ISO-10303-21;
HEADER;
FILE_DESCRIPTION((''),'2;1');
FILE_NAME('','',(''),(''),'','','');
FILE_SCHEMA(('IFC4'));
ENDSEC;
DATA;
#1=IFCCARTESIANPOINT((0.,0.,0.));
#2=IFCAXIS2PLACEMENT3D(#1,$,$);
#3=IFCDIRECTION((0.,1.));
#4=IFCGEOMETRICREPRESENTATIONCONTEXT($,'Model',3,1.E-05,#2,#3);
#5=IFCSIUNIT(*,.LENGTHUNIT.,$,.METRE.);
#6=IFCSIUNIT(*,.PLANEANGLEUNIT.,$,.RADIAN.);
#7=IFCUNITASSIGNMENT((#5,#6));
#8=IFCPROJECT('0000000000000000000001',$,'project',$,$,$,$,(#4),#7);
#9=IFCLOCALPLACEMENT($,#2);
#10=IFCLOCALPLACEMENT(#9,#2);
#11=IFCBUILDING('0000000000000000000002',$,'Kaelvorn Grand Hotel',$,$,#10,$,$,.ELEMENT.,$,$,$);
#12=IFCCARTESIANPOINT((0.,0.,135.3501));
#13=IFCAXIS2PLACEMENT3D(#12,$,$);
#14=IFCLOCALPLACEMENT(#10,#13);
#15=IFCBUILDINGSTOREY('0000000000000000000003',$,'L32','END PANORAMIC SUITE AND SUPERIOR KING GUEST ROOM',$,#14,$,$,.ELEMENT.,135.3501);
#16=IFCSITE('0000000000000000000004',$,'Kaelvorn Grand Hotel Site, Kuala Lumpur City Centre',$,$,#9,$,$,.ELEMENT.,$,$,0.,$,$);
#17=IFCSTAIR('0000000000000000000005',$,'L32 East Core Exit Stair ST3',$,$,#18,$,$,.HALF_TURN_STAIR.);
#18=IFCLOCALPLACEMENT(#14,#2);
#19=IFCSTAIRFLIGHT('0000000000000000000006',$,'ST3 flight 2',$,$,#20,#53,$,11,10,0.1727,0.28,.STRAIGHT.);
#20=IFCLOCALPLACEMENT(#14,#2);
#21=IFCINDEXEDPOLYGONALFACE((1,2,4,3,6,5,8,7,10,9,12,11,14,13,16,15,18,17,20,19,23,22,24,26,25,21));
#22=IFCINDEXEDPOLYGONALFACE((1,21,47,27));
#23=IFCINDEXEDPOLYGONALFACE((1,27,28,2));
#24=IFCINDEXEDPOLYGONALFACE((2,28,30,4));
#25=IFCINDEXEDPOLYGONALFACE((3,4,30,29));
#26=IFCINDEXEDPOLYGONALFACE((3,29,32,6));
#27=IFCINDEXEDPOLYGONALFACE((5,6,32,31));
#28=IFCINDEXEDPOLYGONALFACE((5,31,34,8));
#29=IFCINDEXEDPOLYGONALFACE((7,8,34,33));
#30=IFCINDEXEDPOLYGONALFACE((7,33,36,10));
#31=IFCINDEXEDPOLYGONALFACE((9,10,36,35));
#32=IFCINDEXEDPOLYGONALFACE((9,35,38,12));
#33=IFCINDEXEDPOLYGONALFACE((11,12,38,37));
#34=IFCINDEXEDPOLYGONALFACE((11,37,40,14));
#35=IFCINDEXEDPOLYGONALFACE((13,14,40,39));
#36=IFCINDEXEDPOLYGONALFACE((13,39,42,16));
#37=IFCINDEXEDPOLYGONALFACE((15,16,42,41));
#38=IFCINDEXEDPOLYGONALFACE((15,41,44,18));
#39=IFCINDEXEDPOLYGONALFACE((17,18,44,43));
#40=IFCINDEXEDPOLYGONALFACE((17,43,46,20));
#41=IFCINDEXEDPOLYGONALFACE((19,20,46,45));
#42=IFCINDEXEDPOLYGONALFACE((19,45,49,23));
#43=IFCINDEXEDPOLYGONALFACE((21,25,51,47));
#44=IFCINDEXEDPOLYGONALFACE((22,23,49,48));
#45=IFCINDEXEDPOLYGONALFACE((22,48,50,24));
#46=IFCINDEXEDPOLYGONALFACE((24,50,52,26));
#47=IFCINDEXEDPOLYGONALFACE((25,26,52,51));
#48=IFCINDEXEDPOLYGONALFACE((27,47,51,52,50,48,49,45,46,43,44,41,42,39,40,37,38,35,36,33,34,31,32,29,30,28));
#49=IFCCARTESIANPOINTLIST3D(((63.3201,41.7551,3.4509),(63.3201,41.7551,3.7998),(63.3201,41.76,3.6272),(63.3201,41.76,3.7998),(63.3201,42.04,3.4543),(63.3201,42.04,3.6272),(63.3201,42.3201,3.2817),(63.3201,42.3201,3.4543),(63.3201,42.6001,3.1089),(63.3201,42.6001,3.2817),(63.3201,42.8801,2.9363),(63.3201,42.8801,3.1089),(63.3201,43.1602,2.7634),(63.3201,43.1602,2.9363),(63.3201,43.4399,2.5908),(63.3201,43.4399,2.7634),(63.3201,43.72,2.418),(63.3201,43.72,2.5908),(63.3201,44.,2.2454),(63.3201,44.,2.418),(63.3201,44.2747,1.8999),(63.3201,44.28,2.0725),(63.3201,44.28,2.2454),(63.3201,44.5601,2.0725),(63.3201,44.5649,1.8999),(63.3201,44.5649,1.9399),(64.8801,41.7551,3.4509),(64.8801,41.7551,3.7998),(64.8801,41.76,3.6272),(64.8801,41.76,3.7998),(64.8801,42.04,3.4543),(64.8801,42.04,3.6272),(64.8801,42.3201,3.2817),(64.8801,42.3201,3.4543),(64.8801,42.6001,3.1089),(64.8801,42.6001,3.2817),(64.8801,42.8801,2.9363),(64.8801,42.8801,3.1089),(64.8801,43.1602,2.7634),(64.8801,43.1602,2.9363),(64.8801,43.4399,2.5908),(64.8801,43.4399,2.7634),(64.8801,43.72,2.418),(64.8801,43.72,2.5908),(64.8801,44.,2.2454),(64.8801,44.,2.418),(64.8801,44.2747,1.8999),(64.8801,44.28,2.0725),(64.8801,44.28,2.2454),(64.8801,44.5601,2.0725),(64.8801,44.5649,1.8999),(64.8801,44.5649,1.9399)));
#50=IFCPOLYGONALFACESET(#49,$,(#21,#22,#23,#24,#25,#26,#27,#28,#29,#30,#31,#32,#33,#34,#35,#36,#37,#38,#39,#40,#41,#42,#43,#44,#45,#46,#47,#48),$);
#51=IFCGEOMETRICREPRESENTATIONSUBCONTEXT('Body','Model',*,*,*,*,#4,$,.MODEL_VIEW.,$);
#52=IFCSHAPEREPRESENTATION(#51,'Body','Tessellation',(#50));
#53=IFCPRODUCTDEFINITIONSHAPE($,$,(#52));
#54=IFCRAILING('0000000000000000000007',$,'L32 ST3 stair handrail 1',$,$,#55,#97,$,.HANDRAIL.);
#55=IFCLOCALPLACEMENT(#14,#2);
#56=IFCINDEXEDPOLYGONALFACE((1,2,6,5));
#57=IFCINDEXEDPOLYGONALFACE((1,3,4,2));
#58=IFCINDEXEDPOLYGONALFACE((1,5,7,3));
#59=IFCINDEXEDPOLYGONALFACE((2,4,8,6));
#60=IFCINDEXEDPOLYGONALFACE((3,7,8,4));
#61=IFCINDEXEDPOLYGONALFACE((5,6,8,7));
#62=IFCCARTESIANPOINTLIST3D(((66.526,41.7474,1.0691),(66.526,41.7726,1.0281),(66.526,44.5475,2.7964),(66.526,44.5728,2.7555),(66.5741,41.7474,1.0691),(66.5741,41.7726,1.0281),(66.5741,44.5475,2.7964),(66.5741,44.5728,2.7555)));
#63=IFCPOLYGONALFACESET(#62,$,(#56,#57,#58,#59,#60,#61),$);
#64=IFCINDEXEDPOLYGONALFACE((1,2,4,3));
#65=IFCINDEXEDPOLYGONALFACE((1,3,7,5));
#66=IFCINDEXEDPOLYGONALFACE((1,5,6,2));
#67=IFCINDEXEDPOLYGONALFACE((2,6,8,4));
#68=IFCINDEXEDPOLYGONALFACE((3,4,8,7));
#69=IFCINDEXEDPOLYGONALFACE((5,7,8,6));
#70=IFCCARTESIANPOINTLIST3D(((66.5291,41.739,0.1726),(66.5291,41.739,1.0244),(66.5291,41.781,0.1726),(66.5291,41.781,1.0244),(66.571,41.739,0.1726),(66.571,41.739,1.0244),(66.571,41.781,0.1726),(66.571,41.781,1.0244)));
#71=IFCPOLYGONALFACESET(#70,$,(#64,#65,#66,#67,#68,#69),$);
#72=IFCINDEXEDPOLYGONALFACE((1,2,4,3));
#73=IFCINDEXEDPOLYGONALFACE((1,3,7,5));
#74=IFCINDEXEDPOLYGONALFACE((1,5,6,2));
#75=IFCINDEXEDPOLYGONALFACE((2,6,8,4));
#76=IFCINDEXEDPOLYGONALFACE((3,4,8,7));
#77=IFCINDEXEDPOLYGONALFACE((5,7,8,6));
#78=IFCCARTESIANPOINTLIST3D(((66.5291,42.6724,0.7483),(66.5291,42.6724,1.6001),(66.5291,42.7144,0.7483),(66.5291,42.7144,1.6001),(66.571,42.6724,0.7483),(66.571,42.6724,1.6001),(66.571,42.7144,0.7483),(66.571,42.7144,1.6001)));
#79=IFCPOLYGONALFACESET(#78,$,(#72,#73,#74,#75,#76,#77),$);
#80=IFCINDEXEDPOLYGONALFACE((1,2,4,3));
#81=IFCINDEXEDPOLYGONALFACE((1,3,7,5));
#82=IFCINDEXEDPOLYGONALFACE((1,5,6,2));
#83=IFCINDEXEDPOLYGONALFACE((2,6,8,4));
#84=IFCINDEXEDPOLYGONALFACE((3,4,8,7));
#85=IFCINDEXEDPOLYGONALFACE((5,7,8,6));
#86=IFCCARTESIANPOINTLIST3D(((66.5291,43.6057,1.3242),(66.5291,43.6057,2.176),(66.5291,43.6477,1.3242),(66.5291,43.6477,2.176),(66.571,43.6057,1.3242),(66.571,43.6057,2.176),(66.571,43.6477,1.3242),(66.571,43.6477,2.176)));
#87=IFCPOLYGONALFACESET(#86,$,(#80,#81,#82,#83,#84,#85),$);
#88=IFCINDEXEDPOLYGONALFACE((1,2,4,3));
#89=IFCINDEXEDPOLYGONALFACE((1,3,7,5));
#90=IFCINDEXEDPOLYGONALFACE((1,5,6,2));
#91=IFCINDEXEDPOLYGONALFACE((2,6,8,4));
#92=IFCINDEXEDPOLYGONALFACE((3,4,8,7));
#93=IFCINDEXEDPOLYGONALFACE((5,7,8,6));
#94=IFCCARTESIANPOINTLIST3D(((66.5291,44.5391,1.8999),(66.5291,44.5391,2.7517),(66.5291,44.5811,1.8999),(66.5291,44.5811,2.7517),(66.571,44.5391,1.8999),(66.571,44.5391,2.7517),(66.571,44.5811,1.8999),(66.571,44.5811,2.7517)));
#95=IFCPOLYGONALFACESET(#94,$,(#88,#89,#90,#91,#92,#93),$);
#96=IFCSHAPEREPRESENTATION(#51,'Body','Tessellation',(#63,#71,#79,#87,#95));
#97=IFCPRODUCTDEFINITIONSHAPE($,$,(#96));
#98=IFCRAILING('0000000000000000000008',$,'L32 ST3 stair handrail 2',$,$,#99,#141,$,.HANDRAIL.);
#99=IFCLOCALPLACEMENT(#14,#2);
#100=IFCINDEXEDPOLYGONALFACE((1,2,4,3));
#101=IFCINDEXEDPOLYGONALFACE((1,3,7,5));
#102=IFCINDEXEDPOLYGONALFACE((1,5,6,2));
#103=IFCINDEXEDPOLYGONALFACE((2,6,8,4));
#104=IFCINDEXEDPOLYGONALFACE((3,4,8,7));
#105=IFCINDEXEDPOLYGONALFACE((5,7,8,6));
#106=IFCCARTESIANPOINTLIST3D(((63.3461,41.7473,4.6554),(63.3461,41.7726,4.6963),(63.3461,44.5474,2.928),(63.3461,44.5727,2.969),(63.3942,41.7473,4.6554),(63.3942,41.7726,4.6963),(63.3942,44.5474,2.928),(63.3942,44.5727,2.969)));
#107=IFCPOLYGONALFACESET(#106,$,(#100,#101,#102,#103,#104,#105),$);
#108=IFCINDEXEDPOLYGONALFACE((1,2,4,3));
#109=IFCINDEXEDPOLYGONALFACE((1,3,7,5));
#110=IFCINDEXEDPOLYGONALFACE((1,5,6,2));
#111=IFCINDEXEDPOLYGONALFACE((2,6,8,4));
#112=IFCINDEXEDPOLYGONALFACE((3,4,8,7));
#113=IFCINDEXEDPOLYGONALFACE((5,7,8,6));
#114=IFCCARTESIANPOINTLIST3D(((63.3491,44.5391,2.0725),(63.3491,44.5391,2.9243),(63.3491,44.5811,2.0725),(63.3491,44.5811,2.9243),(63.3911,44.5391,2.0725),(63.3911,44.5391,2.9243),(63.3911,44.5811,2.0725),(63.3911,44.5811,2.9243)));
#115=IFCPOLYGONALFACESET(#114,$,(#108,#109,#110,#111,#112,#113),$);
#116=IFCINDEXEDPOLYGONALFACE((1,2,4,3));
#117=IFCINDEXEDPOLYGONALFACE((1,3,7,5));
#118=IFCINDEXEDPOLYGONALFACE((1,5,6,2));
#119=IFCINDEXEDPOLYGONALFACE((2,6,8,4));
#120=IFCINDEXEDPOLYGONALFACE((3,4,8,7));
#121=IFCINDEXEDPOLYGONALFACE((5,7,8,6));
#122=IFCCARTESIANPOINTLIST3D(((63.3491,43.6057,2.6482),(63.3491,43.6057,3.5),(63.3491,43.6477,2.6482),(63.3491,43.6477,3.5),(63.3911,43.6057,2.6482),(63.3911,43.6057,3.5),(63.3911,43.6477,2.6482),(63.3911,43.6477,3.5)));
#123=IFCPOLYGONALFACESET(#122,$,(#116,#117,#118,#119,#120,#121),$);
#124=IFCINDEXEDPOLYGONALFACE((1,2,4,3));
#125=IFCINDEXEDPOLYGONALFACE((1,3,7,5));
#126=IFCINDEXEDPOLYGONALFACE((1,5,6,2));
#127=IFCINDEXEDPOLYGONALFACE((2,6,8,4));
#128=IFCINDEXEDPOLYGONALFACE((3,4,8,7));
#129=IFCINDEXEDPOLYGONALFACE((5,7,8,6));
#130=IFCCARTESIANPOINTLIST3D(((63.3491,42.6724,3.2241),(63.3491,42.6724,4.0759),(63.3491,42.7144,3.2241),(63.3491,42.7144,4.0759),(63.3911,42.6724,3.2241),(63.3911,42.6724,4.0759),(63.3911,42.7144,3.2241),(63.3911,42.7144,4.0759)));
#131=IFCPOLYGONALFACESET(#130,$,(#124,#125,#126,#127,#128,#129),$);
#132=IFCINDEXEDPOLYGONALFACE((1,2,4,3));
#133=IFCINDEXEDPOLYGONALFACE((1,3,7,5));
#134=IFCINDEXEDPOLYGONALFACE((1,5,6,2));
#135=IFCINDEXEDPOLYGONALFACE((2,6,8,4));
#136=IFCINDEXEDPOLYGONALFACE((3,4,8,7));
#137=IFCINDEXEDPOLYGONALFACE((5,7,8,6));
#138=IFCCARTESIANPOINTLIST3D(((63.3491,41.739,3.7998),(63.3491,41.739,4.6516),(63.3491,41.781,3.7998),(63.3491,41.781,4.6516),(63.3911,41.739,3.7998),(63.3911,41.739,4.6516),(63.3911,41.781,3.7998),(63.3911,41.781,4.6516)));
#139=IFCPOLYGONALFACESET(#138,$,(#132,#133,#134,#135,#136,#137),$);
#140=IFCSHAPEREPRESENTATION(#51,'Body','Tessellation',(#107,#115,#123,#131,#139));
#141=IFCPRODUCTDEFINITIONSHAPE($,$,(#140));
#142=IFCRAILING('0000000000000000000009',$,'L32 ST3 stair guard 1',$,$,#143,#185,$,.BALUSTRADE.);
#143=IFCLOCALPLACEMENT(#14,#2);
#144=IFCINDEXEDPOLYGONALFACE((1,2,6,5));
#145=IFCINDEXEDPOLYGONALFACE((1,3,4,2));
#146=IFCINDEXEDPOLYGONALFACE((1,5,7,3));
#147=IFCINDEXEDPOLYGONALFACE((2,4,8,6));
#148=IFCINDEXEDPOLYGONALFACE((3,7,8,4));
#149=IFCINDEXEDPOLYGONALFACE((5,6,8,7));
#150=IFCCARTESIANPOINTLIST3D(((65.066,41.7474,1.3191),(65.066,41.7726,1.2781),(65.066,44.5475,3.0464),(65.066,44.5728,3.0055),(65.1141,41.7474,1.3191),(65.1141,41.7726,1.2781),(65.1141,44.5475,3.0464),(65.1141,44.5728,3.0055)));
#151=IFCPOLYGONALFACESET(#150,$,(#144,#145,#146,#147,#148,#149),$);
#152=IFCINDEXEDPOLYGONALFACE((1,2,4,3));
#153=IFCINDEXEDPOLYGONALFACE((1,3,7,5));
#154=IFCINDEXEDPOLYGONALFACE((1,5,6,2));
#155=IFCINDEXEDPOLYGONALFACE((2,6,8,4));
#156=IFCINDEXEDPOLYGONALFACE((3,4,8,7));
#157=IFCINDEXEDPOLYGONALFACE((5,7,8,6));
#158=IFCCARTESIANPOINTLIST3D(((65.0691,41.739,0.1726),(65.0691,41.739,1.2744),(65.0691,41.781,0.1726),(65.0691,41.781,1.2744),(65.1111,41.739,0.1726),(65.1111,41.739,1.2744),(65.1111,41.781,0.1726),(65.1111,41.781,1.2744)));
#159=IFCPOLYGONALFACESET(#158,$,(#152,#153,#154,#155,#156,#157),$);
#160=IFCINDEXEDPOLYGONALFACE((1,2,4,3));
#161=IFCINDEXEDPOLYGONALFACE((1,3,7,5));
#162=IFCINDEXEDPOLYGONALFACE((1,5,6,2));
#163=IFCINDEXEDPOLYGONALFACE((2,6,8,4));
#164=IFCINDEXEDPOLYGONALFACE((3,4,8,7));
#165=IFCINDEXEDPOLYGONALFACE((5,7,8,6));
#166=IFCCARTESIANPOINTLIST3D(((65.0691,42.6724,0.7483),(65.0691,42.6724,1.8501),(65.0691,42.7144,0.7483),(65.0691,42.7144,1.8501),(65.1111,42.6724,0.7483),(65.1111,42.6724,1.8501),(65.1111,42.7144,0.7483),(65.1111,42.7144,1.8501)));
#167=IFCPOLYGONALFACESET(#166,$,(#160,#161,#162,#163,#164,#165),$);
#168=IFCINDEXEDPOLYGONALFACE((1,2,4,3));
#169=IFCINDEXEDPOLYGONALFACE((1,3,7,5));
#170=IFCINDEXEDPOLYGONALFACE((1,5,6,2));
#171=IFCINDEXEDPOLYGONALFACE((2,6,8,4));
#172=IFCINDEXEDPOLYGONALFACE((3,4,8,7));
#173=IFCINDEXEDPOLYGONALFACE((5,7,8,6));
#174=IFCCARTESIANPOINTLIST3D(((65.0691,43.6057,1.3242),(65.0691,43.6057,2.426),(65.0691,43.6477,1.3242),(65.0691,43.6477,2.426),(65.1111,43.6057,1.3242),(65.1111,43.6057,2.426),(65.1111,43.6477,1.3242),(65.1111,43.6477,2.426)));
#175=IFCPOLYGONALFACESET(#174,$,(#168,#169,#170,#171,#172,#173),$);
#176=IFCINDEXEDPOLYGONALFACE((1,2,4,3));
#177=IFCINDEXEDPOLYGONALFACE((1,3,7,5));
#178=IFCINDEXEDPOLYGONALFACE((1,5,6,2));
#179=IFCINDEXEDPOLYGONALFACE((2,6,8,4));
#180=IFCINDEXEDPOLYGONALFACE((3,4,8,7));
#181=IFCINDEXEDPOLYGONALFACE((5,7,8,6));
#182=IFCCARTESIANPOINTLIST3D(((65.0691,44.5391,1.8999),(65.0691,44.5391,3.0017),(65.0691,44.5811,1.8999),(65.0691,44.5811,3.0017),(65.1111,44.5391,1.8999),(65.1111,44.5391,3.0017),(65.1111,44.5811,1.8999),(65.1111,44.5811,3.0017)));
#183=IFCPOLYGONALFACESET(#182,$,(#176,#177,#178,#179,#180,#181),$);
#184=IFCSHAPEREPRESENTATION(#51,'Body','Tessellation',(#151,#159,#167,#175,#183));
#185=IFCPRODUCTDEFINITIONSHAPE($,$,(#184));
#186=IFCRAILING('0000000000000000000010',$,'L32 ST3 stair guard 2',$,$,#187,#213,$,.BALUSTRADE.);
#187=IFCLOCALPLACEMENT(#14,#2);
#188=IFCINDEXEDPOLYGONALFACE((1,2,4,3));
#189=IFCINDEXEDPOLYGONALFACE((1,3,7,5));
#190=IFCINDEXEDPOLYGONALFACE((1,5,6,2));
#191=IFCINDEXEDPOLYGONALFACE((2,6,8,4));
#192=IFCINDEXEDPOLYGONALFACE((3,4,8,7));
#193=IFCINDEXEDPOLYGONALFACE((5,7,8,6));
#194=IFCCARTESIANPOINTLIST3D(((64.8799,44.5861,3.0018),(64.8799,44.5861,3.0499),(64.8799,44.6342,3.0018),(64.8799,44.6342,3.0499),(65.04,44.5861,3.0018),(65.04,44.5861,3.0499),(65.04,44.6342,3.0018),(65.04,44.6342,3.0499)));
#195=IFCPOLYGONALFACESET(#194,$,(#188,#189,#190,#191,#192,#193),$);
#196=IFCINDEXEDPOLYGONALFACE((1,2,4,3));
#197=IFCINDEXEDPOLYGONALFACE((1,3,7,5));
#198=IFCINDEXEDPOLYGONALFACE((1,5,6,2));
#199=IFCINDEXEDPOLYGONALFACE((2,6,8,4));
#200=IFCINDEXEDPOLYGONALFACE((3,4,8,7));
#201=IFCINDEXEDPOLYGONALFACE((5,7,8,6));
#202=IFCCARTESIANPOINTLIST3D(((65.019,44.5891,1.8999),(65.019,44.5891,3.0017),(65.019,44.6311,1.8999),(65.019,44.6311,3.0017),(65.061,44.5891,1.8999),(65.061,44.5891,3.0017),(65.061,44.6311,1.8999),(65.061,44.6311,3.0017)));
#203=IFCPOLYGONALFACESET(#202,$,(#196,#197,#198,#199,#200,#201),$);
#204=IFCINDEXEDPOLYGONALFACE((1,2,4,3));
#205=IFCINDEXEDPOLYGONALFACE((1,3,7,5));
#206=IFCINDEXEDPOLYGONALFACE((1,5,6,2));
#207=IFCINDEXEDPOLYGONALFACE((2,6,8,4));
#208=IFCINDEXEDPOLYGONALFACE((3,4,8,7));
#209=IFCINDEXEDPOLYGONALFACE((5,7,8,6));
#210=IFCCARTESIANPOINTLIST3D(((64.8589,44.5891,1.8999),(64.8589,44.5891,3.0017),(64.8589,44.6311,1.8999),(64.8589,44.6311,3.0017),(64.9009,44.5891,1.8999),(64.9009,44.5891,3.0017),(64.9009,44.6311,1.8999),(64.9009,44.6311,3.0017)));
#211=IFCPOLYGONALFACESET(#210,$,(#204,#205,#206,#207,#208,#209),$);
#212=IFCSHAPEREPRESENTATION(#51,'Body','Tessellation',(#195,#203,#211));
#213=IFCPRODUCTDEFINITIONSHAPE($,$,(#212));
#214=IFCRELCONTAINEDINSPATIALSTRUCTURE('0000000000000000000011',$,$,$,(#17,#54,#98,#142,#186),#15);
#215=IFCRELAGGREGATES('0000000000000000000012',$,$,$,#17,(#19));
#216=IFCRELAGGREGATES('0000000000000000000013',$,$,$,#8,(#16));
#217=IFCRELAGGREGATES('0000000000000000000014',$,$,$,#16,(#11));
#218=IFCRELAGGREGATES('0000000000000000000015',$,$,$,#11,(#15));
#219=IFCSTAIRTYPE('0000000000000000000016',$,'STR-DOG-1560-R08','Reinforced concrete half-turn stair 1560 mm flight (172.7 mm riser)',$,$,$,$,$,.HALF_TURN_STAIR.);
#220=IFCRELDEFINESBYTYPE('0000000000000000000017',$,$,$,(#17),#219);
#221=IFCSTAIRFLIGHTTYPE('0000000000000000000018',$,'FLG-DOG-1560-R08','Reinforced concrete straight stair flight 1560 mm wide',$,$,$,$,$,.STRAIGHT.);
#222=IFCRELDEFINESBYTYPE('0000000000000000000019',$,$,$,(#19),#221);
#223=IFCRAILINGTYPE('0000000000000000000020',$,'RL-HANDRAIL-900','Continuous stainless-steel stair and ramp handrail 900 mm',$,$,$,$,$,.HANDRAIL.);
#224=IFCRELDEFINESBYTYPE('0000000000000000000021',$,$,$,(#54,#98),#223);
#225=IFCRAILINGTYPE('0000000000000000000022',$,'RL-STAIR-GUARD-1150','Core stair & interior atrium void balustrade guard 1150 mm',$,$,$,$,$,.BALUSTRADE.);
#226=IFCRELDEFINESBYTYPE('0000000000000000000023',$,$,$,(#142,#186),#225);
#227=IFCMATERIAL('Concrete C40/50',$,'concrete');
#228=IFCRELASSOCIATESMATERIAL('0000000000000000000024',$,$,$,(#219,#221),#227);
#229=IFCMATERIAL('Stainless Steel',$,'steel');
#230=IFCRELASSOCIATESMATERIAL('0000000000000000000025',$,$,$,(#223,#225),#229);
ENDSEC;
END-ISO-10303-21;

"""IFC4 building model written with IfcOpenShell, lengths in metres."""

from ifc_helpers import new_model, si_unit, direction, frame, origin, origin_2d, place, context, subcontext, project, spatial, polyline, rectangle, outline, extrude, material, type_object, element, aggregate, save


model = new_model("IFC4")

# Units and contexts
model_context = context("Model", 3, precision=1e-05, world=origin(), true_north=direction((0.0, 1.0)))
body_context = subcontext(model_context, "Body", "Model", "MODEL_VIEW")
ifc_project = project(units=[si_unit("LENGTHUNIT", "METRE"), si_unit("PLANEANGLEUNIT", "RADIAN")], contexts=[model_context])

# Site, building, storey
site_placement = place(None, origin())
site = spatial("IfcSite", under=ifc_project, at=site_placement, Name="Kaelvorn Grand Hotel Site, Kuala Lumpur City Centre", CompositionType="ELEMENT", RefElevation=0.0)
building_placement = place(site_placement, origin())
building = spatial("IfcBuilding", under=site, at=building_placement, Name="Kaelvorn Grand Hotel", CompositionType="ELEMENT")
storey_placement = place(building_placement, frame((0.0, 0.0, 135.3501)))
storey = spatial("IfcBuildingStorey", under=building, at=storey_placement, Name="L32", Description="END PANORAMIC SUITE AND SUPERIOR KING GUEST ROOM", CompositionType="ELEMENT", Elevation=135.3501)

# Shared definitions
ifc_material_1 = material(Name="Concrete C40/50", Category="concrete")

# Shared definitions
ifc_material_2 = material(Name="Stainless Steel", Category="steel")

# Stair, stair flight
stair_type = type_object("IfcStairType", Name="STR-DOG-1560-R08", Description="Reinforced concrete half-turn stair 1560 mm flight (172.7 mm riser)", PredefinedType="HALF_TURN_STAIR", material=ifc_material_1)
stair_placement = place(storey_placement, origin())
stair = element("IfcStair", 1, at=stair_placement, inside=storey, type_object=stair_type, Name="L32 East Core Exit Stair ST3", PredefinedType="HALF_TURN_STAIR")
stair_flight_type = type_object("IfcStairFlightType", Name="FLG-DOG-1560-R08", Description="Reinforced concrete straight stair flight 1560 mm wide", PredefinedType="STRAIGHT", material=ifc_material_1)
stair_flight_1_placement = place(storey_placement, frame((64.1001, 44.5601, 1.8999), z_axis=(0.0, 0.0, 1.0), x_axis=(0.0, -1.0, 0.0)))
stair_flight_1 = element("IfcStairFlight", 2, at=stair_flight_1_placement, type_object=stair_flight_type, Name="ST3 flight 2", NumberOfRisers=11, NumberOfTreads=10, PredefinedType="STRAIGHT", RiserHeight=0.1727, TreadLength=0.28, context=body_context, shape_type="SweptSolid", body=[
    extrude(outline(polyline([(-0.0049, 0.0), (-0.0049, 0.04), (0.0, 0.1726), (0.28, 0.1726), (0.28, 0.3455), (0.5601, 0.3455), (0.5601, 0.5181), (0.8401, 0.5181), (0.8401, 0.6909), (1.1201, 0.6909), (1.1201, 0.8635), (1.3999, 0.8635), (1.3999, 1.0364), (1.6799, 1.0364), (1.6799, 1.209), (1.96, 1.209), (1.96, 1.3818), (2.24, 1.3818), (2.24, 1.5544), (2.52, 1.5544), (2.52, 1.7273), (2.8, 1.7273), (2.8, 1.8999), (2.8049, 1.8999), (2.8049, 1.551), (0.2854, 0.0), (-0.0049, 0.0)])), frame((0.0, 0.78, 0.0), z_axis=(0.0, -1.0, 0.0), x_axis=(1.0, 0.0, 0.0)), (0.0, 0.0, 1.0), 1.5601),
])
aggregate(stair, [stair_flight_1])

# Railings
railing_type_1 = type_object("IfcRailingType", Name="RL-HANDRAIL-900", Description="Continuous stainless-steel stair and ramp handrail 900 mm", PredefinedType="HANDRAIL", material=ifc_material_2)
railing_1_placement = place(storey_placement, frame((66.55, 41.76, 0.1726)))
element("IfcRailing", 3, at=railing_1_placement, inside=storey, type_object=railing_type_1, Name="L32 ST3 stair handrail 1", PredefinedType="HANDRAIL", context=body_context, shape_type="SweptSolid", body=[
    extrude(rectangle(XDim=0.0481, YDim=0.0481, at=origin_2d()), frame((0.0, 0.0, 0.876), z_axis=(0.0, 0.85109, 0.52502), x_axis=(-1.0, 0.0, 0.0)), (0.0, 0.0, 1.0), 3.29),
    extrude(rectangle(XDim=0.042, YDim=0.042, at=origin_2d()), origin(), (0.0, 0.0, 1.0), 0.8518),
    extrude(rectangle(XDim=0.042, YDim=0.042, at=origin_2d()), frame((0.0, 0.9333, 0.5757)), (0.0, 0.0, 1.0), 0.8518),
    extrude(rectangle(XDim=0.042, YDim=0.042, at=origin_2d()), frame((0.0, 1.8667, 1.1516)), (0.0, 0.0, 1.0), 0.8518),
    extrude(rectangle(XDim=0.042, YDim=0.042, at=origin_2d()), frame((0.0, 2.8, 1.7273)), (0.0, 0.0, 1.0), 0.8518),
])
railing_2_placement = place(storey_placement, frame((63.3701, 44.5601, 2.0725)))
element("IfcRailing", 4, at=railing_2_placement, inside=storey, type_object=railing_type_1, Name="L32 ST3 stair handrail 2", PredefinedType="HANDRAIL", context=body_context, shape_type="SweptSolid", body=[
    extrude(rectangle(XDim=0.0481, YDim=0.0481, at=origin_2d()), frame((0.0, 0.0, 0.876), z_axis=(0.0, -0.85109, 0.52502), x_axis=(1.0, 0.0, 0.0)), (0.0, 0.0, 1.0), 3.29),
    extrude(rectangle(XDim=0.042, YDim=0.042, at=origin_2d()), origin(), (0.0, 0.0, 1.0), 0.8518),
    extrude(rectangle(XDim=0.042, YDim=0.042, at=origin_2d()), frame((0.0, -0.9333, 0.5757)), (0.0, 0.0, 1.0), 0.8518),
    extrude(rectangle(XDim=0.042, YDim=0.042, at=origin_2d()), frame((0.0, -1.8667, 1.1516)), (0.0, 0.0, 1.0), 0.8518),
    extrude(rectangle(XDim=0.042, YDim=0.042, at=origin_2d()), frame((0.0, -2.8, 1.7273)), (0.0, 0.0, 1.0), 0.8518),
])
railing_type_2 = type_object("IfcRailingType", Name="RL-STAIR-GUARD-1150", Description="Core stair & interior atrium void balustrade guard 1150 mm", PredefinedType="BALUSTRADE", material=ifc_material_2)
railing_3_placement = place(storey_placement, frame((65.0901, 41.76, 0.1726)))
element("IfcRailing", 5, at=railing_3_placement, inside=storey, type_object=railing_type_2, Name="L32 ST3 stair guard 1", PredefinedType="BALUSTRADE", context=body_context, shape_type="SweptSolid", body=[
    extrude(rectangle(XDim=0.0481, YDim=0.0481, at=origin_2d()), frame((0.0, 0.0, 1.126), z_axis=(0.0, 0.85109, 0.52502), x_axis=(-1.0, 0.0, 0.0)), (0.0, 0.0, 1.0), 3.29),
    extrude(rectangle(XDim=0.042, YDim=0.042, at=origin_2d()), origin(), (0.0, 0.0, 1.0), 1.1018),
    extrude(rectangle(XDim=0.042, YDim=0.042, at=origin_2d()), frame((0.0, 0.9333, 0.5757)), (0.0, 0.0, 1.0), 1.1018),
    extrude(rectangle(XDim=0.042, YDim=0.042, at=origin_2d()), frame((0.0, 1.8667, 1.1516)), (0.0, 0.0, 1.0), 1.1018),
    extrude(rectangle(XDim=0.042, YDim=0.042, at=origin_2d()), frame((0.0, 2.8, 1.7273)), (0.0, 0.0, 1.0), 1.1018),
])
railing_4_placement = place(storey_placement, frame((65.04, 44.6101, 1.8999)))
element("IfcRailing", 6, at=railing_4_placement, inside=storey, type_object=railing_type_2, Name="L32 ST3 stair guard 2", PredefinedType="BALUSTRADE", context=body_context, shape_type="SweptSolid", body=[
    extrude(rectangle(XDim=0.0481, YDim=0.0481, at=origin_2d()), frame((0.0, 0.0, 1.126), z_axis=(-1.0, 0.0, 0.0), x_axis=(0.0, -1.0, 0.0)), (0.0, 0.0, 1.0), 0.1602),
    extrude(rectangle(XDim=0.042, YDim=0.042, at=origin_2d()), origin(), (0.0, 0.0, 1.0), 1.1018),
    extrude(rectangle(XDim=0.042, YDim=0.042, at=origin_2d()), frame((-0.1602, 0.0, 0.0)), (0.0, 0.0, 1.0), 1.1018),
])

save(model, "model.ifc")
